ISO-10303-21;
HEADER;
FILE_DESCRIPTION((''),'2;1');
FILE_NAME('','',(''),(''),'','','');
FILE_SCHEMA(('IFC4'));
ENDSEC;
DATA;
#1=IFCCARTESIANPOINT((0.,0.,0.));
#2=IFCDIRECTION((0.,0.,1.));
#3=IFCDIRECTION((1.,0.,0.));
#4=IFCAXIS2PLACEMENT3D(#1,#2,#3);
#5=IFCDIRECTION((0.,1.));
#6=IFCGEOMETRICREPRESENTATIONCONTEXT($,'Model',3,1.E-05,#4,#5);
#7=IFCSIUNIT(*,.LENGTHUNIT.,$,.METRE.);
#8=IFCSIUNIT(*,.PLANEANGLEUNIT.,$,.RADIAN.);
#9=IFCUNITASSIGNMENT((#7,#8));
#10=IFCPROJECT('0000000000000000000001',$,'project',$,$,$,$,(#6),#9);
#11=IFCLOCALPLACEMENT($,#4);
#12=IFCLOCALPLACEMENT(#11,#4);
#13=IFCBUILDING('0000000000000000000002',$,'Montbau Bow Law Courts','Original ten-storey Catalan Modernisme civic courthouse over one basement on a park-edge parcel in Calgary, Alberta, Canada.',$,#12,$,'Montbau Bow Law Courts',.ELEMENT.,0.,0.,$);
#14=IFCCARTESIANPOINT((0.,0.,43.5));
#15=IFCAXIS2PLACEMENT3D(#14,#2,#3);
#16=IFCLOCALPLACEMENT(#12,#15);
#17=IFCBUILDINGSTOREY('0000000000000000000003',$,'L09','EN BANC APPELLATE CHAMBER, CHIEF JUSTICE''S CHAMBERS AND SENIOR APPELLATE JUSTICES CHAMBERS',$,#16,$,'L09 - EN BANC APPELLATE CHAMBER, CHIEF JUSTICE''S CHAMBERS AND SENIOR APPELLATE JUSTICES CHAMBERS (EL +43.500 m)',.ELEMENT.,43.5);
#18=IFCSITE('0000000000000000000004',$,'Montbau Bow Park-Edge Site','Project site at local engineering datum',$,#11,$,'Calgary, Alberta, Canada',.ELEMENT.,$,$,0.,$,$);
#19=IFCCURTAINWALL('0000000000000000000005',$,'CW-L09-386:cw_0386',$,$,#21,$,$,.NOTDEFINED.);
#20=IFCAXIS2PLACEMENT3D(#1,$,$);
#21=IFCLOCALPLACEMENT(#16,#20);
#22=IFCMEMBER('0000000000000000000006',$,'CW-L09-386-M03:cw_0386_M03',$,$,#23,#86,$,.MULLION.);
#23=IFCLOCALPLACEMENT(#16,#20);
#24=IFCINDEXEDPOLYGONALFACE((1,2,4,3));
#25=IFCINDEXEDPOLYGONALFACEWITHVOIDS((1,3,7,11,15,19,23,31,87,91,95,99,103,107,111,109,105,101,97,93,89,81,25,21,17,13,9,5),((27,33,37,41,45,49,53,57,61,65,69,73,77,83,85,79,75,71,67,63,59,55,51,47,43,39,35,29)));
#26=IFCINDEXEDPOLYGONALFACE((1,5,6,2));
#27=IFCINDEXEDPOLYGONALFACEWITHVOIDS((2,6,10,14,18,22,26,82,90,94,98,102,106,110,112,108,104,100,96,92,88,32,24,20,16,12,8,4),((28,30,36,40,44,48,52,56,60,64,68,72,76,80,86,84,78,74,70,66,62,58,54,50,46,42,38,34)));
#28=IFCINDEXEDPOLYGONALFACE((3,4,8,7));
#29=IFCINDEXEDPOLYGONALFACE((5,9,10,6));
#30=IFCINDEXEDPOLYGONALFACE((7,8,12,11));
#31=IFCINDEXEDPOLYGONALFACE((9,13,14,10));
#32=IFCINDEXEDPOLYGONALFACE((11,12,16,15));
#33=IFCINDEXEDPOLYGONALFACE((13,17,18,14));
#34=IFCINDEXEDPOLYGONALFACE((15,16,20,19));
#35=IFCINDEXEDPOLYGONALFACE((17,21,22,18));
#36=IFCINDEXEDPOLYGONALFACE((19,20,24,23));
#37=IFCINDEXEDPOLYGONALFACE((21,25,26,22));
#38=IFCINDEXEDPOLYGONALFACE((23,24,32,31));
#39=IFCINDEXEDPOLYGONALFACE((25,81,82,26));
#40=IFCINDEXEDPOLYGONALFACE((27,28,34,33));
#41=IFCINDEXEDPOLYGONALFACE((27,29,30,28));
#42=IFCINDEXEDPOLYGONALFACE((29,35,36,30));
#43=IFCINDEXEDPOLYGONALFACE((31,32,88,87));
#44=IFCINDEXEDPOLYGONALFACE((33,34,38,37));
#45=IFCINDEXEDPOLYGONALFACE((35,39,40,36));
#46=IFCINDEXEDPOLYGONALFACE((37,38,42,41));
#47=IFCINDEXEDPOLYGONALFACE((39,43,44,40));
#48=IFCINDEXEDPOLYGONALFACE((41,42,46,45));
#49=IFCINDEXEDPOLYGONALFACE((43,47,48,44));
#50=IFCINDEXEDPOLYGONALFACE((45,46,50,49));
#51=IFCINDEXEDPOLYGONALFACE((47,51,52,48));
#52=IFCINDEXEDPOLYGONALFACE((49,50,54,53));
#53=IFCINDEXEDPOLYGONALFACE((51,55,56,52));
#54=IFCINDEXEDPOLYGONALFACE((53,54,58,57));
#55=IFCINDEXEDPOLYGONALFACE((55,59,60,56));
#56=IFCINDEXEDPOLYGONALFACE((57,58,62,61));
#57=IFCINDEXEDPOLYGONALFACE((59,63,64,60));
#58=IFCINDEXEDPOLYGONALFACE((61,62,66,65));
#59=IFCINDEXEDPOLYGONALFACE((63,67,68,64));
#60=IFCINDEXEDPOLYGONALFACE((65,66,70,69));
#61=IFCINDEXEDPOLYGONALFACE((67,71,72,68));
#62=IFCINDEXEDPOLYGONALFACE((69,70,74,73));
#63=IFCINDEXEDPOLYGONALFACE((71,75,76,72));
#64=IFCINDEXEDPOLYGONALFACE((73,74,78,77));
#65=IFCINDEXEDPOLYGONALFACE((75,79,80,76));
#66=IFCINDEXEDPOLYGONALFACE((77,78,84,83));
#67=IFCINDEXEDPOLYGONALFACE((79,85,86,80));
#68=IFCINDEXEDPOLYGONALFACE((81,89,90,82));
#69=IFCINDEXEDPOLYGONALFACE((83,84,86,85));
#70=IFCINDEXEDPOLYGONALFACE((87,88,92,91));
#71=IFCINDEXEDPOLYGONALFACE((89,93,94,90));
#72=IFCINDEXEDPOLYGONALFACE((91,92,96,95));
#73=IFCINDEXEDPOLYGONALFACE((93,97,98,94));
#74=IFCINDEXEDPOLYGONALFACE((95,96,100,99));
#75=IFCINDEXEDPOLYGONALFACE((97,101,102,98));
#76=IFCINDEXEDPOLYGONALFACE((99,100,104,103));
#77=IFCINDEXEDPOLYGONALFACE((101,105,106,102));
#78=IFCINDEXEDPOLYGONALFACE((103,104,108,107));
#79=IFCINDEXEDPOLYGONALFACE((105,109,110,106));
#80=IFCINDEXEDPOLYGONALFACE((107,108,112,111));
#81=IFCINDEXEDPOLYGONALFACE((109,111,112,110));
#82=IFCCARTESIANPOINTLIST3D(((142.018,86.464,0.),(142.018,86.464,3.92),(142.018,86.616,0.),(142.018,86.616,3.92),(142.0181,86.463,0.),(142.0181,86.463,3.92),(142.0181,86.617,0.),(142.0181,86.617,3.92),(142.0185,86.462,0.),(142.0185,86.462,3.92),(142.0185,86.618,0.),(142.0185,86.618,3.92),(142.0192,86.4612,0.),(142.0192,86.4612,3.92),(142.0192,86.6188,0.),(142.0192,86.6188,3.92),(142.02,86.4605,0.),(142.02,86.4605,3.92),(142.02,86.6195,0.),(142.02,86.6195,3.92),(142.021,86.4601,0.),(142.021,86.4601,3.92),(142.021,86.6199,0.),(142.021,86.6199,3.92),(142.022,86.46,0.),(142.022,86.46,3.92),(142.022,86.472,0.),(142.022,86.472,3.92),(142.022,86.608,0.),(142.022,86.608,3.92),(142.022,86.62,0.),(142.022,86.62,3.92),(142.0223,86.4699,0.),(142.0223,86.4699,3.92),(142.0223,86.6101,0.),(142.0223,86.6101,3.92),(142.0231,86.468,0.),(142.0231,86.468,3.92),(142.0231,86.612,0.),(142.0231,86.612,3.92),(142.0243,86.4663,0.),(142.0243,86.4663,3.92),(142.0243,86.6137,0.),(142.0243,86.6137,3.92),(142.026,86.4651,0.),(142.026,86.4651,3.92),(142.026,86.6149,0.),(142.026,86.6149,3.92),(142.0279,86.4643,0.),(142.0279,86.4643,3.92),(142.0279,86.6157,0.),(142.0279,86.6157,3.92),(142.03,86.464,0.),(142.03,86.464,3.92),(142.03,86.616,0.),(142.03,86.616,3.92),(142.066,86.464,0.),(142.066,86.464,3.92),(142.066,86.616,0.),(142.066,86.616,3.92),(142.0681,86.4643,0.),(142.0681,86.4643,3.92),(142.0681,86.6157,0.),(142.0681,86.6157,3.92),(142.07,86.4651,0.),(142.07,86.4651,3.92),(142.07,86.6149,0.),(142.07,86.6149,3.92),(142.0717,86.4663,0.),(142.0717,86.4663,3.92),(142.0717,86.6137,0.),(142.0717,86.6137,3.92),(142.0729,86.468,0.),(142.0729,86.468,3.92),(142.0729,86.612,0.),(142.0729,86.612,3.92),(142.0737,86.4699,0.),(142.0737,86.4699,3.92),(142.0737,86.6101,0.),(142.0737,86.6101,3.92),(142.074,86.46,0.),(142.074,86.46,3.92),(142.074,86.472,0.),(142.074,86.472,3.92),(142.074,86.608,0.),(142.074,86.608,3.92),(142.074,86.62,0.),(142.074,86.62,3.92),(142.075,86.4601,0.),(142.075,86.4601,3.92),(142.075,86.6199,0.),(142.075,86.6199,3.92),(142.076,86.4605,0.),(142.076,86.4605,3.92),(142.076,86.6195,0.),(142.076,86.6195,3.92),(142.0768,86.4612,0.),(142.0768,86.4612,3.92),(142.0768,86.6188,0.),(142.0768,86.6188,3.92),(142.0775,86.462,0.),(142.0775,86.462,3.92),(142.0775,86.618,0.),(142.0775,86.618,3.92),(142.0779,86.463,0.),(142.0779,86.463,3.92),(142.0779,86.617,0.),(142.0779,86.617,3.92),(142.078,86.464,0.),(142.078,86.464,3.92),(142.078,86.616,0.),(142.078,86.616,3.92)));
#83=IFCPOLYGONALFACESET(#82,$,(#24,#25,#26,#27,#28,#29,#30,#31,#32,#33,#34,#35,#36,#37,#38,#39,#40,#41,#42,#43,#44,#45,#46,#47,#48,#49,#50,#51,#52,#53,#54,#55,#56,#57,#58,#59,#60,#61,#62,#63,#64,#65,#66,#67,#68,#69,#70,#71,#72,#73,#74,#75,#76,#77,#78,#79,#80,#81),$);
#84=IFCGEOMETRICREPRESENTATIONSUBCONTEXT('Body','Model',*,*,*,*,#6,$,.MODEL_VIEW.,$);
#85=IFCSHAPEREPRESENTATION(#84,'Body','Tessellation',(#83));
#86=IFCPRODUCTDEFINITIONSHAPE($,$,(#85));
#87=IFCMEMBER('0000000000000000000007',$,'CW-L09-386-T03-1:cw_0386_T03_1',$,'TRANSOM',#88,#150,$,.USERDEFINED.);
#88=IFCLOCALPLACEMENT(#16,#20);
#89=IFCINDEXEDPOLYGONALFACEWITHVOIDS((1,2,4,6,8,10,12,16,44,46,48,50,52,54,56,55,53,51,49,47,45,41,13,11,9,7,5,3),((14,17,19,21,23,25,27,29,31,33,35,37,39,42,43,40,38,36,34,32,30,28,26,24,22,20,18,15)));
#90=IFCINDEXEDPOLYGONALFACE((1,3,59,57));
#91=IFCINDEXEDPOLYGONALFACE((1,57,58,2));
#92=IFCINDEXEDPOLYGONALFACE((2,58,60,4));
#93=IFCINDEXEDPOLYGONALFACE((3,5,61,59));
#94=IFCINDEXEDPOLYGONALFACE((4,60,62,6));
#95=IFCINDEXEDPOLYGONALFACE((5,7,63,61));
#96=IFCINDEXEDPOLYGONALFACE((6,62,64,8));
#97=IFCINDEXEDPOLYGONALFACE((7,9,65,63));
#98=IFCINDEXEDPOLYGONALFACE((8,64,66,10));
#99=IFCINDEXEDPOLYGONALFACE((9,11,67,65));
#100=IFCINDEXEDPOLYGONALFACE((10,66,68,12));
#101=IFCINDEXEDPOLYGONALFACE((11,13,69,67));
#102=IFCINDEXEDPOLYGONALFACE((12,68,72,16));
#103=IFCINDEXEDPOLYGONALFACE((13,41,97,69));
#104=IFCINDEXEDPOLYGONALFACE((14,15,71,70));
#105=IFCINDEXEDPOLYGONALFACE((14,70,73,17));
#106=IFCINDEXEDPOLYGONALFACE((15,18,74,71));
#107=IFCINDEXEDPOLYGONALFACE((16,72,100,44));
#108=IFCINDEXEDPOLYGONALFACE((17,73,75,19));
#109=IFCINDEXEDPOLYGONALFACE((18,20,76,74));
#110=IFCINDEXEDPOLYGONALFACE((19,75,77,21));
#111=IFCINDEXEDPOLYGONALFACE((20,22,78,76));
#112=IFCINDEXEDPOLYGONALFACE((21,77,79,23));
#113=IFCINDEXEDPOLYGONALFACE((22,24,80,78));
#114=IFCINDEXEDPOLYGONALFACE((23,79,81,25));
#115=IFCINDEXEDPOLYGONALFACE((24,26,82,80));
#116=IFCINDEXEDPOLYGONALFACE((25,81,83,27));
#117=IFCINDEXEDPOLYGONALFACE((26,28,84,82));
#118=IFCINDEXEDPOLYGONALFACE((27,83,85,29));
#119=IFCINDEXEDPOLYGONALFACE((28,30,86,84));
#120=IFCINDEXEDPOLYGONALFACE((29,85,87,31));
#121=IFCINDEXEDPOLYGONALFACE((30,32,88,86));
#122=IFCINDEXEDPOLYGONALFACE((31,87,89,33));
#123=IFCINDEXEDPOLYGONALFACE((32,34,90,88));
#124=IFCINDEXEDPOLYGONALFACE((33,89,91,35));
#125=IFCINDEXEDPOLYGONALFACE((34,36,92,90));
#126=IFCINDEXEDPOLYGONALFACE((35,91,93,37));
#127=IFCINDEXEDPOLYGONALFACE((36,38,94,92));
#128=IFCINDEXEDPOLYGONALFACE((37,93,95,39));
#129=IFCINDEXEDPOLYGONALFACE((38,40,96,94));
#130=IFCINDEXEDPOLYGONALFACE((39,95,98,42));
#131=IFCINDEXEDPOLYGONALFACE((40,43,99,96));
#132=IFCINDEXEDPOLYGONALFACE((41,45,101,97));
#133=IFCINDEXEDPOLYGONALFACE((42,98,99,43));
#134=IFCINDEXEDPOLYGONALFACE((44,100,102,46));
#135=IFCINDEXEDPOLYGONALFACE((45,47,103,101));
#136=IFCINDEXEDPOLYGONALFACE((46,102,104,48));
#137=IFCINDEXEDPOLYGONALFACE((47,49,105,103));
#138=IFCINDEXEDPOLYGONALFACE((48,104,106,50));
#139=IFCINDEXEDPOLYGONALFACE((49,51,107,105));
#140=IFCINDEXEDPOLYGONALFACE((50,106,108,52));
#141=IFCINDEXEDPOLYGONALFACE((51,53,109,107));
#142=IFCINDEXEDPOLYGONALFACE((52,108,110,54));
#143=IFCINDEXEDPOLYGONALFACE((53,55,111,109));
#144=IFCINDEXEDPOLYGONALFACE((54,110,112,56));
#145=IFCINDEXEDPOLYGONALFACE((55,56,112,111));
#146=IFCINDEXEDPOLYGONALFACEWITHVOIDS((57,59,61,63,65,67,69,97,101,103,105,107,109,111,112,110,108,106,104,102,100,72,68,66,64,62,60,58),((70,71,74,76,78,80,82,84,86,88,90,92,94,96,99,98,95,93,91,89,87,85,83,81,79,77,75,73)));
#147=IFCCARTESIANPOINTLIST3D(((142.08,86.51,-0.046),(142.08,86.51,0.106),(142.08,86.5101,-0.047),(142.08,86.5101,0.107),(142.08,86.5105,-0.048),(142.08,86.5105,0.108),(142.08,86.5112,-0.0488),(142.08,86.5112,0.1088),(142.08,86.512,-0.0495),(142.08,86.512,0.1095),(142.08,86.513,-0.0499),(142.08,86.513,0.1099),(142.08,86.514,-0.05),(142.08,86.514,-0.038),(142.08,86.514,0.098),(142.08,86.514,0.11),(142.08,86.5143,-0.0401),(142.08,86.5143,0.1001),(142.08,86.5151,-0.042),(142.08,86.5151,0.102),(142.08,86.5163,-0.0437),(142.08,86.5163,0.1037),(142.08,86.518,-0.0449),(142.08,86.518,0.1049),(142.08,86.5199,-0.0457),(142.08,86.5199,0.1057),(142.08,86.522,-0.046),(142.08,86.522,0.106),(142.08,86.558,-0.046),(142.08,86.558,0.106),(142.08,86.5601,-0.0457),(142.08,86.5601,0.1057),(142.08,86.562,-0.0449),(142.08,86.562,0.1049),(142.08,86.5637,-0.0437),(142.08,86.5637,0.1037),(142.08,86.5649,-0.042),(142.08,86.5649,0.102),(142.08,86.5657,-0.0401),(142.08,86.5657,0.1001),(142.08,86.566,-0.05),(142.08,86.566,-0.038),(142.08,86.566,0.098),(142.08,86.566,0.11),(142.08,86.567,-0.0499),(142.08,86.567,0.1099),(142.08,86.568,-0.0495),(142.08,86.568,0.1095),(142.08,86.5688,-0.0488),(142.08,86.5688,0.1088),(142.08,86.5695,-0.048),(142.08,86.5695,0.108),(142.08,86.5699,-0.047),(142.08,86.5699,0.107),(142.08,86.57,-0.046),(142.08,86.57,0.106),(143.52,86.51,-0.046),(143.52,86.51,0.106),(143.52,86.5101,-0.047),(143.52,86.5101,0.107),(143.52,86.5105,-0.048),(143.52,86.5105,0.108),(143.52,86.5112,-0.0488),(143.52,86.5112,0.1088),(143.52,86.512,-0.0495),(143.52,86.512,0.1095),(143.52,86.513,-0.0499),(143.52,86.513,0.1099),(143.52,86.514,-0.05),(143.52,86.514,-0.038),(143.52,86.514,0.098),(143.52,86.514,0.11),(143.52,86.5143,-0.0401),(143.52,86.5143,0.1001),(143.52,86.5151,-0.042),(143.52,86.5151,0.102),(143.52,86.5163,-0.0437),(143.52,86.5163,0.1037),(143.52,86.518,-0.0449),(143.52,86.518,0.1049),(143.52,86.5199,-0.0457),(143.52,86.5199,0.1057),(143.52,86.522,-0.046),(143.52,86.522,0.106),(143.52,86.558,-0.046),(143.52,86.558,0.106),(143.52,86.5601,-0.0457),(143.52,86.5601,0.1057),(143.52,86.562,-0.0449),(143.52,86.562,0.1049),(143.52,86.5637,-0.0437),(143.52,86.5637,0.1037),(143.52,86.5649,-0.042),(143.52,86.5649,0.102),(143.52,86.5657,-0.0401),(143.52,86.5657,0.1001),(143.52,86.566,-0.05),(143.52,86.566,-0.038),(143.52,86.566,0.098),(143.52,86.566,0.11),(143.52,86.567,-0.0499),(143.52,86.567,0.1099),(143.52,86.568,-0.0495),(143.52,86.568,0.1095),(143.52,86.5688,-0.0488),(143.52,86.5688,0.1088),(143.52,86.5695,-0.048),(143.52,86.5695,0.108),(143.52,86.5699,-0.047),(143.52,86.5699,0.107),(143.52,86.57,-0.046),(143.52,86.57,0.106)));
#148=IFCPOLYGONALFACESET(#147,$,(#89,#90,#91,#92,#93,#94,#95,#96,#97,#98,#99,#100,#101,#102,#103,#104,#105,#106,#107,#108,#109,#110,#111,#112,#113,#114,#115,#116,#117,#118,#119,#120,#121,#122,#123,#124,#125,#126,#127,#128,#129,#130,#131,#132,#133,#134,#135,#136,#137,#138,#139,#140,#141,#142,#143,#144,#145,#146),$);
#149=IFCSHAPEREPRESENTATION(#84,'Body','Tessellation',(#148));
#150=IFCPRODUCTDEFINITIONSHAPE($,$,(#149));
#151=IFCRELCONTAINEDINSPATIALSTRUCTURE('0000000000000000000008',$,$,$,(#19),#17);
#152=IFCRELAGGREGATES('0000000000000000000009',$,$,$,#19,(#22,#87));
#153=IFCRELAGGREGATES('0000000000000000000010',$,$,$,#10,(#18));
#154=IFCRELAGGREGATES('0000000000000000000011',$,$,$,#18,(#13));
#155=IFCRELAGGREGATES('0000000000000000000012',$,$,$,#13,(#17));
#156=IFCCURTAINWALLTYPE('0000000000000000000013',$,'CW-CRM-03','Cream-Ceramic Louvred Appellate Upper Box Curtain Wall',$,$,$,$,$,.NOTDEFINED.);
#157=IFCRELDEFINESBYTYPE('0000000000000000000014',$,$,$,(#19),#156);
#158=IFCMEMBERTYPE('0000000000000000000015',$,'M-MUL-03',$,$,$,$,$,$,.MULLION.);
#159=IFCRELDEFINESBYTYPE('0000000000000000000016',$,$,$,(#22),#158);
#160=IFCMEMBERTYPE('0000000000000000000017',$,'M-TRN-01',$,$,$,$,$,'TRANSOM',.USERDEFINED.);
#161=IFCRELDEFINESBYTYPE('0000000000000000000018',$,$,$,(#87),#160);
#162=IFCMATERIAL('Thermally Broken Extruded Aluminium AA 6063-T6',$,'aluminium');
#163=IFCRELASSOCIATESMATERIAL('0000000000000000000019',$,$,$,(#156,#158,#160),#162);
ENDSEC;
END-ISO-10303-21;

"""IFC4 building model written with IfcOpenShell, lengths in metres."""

from ifc_helpers import new_model, si_unit, direction, frame, origin_with_axes, origin_2d_with_axis, place, context, subcontext, project, spatial, hollow_rectangle, extrude, material, material_profile, profile_set, type_object, element, aggregate, save


model = new_model("IFC4")

# Units and contexts
model_context = context("Model", 3, precision=1e-05, world=origin_with_axes(), true_north=direction((0.0, 1.0)))
body_context = subcontext(model_context, "Body", "Model", "MODEL_VIEW")
ifc_project = project(units=[si_unit("LENGTHUNIT", "METRE"), si_unit("PLANEANGLEUNIT", "RADIAN")], contexts=[model_context])

# Site, building, storey
site_placement = place(None, origin_with_axes())
site = spatial("IfcSite", under=ifc_project, at=site_placement, Name="Montbau Bow Park-Edge Site", Description="Project site at local engineering datum", LongName="Calgary, Alberta, Canada", CompositionType="ELEMENT", RefElevation=0.0)
building_placement = place(site_placement, origin_with_axes())
building = spatial("IfcBuilding", under=site, at=building_placement, Name="Montbau Bow Law Courts", Description="Original ten-storey Catalan Modernisme civic courthouse over one basement on a park-edge parcel in Calgary, Alberta, Canada.", LongName="Montbau Bow Law Courts", CompositionType="ELEMENT", ElevationOfRefHeight=0.0, ElevationOfTerrain=0.0)
storey_placement = place(building_placement, frame((0.0, 0.0, 43.5), z_axis=(0.0, 0.0, 1.0), x_axis=(1.0, 0.0, 0.0)))
storey = spatial("IfcBuildingStorey", under=building, at=storey_placement, Name="L09", Description="EN BANC APPELLATE CHAMBER, CHIEF JUSTICE'S CHAMBERS AND SENIOR APPELLATE JUSTICES CHAMBERS", LongName="L09 - EN BANC APPELLATE CHAMBER, CHIEF JUSTICE'S CHAMBERS AND SENIOR APPELLATE JUSTICES CHAMBERS (EL +43.500 m)", CompositionType="ELEMENT", Elevation=43.5)

# Curtain wall, members
ifc_material_1 = material(Name="Thermally Broken Extruded Aluminium AA 6063-T6", Category="aluminium")
curtain_wall_type = type_object("IfcCurtainWallType", Name="CW-CRM-03", Description="Cream-Ceramic Louvred Appellate Upper Box Curtain Wall", PredefinedType="NOTDEFINED", material=ifc_material_1)
curtain_wall_placement = place(None, frame((139.04, 86.54, 43.5), z_axis=(0.0, 0.0, 1.0), x_axis=(1.0, 0.0, 0.0)))
curtain_wall = element("IfcCurtainWall", 1, at=curtain_wall_placement, inside=storey, type_object=curtain_wall_type, Name="CW-L09-386:cw_0386", PredefinedType="NOTDEFINED")
ifc_material_profile_1 = material_profile(ifc_material_1, hollow_rectangle(XDim=0.06, YDim=0.16, WallThickness=0.004, InnerFilletRadius=0.008, OuterFilletRadius=0.004, at=origin_2d_with_axis()), Name="CWM-160X60", Category="Main", Priority=0)
ifc_profile_set_1 = profile_set([ifc_material_profile_1], Name="Thermally Broken Extruded Aluminium AA 6063-T6")
member_type_1 = type_object("IfcMemberType", Name="M-MUL-03", PredefinedType="MULLION", material=ifc_profile_set_1)
member_1_placement = place(None, frame((142.048, 86.54, 43.5), z_axis=(0.0, 0.0, 1.0), x_axis=(1.0, 0.0, 0.0)))
member_1 = element("IfcMember", 2, at=member_1_placement, type_object=member_type_1, Name="CW-L09-386-M03:cw_0386_M03", PredefinedType="MULLION", context=body_context, shape_type="SweptSolid", body=[
    extrude(hollow_rectangle(XDim=0.06, YDim=0.16, WallThickness=0.004, InnerFilletRadius=0.008, OuterFilletRadius=0.004, at=origin_2d_with_axis()), origin_with_axes(), (0.0, 0.0, 1.0), 3.92),
])
ifc_material_profile_2 = material_profile(ifc_material_1, hollow_rectangle(XDim=0.06, YDim=0.16, WallThickness=0.004, InnerFilletRadius=0.008, OuterFilletRadius=0.004, at=origin_2d_with_axis()), Name="CWT-160X60", Category="Main", Priority=0)
ifc_profile_set_2 = profile_set([ifc_material_profile_2], Name="Thermally Broken Extruded Aluminium AA 6063-T6")
member_type_2 = type_object("IfcMemberType", Name="M-TRN-01", ElementType="TRANSOM", PredefinedType="USERDEFINED", material=ifc_profile_set_2)
member_2_placement = place(None, frame((142.08, 86.54, 43.53), z_axis=(1.0, 0.0, 0.0), x_axis=(0.0, 1.0, 0.0)))
member_2 = element("IfcMember", 3, at=member_2_placement, type_object=member_type_2, Name="CW-L09-386-T03-1:cw_0386_T03_1", ObjectType="TRANSOM", PredefinedType="USERDEFINED", context=body_context, shape_type="SweptSolid", body=[
    extrude(hollow_rectangle(XDim=0.06, YDim=0.16, WallThickness=0.004, InnerFilletRadius=0.008, OuterFilletRadius=0.004, at=origin_2d_with_axis()), origin_with_axes(), (0.0, 0.0, 1.0), 1.44),
])
aggregate(curtain_wall, [member_1, member_2])

save(model, "model.ifc")
